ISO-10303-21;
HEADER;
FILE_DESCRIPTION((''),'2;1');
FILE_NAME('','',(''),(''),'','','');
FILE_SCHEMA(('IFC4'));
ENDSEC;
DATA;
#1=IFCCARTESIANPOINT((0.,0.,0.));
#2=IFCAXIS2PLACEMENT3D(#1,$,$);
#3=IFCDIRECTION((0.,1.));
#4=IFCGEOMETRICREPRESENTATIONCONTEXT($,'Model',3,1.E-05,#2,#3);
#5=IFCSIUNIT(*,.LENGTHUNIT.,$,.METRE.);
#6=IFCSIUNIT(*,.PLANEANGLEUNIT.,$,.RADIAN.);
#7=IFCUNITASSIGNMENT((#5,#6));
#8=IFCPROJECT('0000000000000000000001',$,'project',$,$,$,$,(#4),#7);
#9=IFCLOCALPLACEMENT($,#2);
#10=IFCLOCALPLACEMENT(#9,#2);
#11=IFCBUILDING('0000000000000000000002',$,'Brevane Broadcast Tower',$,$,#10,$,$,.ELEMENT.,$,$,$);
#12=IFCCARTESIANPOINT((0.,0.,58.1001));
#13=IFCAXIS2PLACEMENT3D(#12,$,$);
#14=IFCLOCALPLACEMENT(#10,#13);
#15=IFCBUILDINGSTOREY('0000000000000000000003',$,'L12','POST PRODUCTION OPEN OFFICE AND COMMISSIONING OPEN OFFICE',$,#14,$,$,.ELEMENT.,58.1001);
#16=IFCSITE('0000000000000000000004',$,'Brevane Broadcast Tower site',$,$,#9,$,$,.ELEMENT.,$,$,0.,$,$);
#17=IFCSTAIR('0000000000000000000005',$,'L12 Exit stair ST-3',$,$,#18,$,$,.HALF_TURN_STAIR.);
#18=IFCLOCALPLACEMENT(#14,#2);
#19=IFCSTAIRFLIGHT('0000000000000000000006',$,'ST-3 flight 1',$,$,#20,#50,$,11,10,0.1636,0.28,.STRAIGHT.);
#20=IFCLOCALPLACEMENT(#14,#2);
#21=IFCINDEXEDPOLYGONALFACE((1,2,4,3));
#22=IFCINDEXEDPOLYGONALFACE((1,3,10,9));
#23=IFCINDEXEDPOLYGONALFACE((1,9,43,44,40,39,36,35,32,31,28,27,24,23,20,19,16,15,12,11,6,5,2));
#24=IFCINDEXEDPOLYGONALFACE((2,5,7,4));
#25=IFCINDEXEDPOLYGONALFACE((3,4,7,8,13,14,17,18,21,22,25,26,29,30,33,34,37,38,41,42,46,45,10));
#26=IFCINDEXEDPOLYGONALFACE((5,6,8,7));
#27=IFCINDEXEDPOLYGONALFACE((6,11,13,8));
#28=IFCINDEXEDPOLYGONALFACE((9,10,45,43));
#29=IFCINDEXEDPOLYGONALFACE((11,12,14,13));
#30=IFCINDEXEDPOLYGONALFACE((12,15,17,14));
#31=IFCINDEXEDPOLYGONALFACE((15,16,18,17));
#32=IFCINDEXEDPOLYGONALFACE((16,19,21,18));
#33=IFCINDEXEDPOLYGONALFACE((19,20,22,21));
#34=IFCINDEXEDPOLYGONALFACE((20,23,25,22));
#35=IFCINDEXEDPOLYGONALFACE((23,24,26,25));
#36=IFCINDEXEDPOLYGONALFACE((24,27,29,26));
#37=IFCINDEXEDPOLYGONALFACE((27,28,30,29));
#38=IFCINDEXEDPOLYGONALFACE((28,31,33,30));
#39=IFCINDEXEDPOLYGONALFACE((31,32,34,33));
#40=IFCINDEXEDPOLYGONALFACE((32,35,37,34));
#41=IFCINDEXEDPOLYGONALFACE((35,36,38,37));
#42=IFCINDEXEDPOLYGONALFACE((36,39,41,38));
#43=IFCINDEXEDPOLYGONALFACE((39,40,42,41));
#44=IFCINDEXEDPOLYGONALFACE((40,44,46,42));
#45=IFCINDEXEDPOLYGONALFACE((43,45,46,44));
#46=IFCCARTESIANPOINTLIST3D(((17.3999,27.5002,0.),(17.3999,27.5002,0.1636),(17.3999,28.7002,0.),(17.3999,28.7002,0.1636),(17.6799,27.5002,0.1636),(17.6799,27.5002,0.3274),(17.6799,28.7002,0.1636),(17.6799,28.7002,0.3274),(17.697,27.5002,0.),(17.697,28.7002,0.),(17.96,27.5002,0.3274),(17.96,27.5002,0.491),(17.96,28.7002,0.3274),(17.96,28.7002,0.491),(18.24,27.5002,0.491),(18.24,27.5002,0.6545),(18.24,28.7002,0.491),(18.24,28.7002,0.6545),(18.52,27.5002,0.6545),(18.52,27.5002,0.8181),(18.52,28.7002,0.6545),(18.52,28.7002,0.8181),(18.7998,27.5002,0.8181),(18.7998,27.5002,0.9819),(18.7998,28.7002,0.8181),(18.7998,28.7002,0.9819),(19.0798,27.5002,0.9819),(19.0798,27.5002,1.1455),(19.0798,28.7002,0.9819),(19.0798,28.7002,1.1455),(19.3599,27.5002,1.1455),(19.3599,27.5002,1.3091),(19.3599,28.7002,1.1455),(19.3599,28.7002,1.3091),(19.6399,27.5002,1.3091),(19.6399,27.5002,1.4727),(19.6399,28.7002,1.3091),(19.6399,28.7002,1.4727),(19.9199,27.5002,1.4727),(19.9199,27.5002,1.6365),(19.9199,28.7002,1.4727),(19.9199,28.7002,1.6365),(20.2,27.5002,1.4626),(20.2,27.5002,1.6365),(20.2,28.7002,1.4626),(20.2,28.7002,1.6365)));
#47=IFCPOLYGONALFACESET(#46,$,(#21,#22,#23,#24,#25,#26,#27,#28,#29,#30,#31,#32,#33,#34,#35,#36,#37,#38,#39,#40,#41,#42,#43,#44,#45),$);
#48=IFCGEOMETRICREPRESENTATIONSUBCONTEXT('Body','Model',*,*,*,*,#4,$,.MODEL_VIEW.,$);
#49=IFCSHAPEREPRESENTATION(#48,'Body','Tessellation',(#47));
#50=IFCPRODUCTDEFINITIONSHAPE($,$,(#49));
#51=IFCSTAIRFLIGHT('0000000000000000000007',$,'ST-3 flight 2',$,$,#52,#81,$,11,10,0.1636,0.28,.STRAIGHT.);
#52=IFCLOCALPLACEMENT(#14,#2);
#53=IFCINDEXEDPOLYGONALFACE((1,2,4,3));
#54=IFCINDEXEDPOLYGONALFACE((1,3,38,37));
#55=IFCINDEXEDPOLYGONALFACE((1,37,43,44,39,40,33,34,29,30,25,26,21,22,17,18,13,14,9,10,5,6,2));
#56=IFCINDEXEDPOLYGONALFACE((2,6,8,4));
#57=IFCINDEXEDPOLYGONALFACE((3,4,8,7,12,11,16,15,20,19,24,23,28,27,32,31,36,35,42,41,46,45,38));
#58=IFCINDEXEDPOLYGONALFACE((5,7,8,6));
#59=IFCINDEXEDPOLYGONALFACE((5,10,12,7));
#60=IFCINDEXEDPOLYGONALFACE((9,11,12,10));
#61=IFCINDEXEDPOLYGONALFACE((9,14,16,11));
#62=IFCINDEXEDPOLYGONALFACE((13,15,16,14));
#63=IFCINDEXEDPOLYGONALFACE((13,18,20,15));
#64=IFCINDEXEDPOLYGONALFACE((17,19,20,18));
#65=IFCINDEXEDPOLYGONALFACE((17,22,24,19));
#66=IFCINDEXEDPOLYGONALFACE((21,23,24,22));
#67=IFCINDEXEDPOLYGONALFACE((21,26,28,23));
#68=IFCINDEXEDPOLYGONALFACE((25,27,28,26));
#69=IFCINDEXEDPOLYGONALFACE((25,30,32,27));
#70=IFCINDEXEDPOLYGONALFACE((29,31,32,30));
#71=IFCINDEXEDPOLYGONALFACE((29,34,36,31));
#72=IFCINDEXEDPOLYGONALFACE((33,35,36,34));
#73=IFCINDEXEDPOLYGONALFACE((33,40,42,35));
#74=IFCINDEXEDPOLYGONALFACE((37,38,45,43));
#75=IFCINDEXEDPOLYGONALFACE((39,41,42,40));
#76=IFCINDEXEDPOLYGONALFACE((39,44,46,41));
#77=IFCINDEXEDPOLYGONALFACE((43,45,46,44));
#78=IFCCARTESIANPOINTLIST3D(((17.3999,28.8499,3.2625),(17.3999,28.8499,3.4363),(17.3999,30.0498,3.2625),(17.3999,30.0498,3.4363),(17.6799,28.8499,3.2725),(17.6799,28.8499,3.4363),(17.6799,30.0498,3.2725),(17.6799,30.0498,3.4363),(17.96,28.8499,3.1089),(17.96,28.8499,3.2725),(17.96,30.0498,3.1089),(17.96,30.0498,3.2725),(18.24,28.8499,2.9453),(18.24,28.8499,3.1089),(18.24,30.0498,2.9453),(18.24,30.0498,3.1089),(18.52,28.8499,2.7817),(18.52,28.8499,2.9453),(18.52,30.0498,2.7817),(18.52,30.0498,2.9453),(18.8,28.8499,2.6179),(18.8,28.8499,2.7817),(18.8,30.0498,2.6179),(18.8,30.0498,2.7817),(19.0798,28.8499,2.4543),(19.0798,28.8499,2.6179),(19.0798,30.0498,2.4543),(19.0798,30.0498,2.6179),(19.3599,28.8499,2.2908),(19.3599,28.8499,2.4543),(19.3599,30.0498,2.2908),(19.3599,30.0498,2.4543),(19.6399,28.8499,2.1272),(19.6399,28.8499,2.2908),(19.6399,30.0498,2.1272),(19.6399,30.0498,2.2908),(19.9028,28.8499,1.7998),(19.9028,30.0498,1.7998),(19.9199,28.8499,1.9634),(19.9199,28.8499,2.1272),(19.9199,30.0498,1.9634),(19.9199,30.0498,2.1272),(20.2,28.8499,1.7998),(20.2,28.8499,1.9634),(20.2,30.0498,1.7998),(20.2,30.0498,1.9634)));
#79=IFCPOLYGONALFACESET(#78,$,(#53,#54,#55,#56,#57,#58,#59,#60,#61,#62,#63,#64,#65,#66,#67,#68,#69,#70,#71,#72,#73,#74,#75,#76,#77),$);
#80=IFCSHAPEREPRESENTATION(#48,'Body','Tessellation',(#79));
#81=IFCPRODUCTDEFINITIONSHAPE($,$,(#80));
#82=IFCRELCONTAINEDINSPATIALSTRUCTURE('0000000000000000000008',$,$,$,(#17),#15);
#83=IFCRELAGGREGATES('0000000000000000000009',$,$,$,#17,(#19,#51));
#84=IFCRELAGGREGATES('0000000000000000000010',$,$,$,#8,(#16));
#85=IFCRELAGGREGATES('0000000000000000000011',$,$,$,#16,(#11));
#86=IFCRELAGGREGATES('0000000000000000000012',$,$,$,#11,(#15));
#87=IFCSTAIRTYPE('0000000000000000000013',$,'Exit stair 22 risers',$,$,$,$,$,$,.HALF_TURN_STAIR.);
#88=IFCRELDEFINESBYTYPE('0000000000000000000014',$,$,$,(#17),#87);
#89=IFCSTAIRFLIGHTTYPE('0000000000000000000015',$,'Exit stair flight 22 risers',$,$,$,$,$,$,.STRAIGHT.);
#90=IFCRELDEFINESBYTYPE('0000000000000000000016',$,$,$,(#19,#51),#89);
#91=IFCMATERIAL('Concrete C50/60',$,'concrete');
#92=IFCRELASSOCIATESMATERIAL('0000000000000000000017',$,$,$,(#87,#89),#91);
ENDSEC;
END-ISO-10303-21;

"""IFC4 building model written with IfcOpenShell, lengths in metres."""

from ifc_helpers import new_model, si_unit, direction, frame, origin, place, context, subcontext, project, spatial, polyline, outline, extrude, material, type_object, element, aggregate, save


model = new_model("IFC4")

# Units and contexts
model_context = context("Model", 3, precision=1e-05, world=origin(), true_north=direction((0.0, 1.0)))
body_context = subcontext(model_context, "Body", "Model", "MODEL_VIEW")
ifc_project = project(units=[si_unit("LENGTHUNIT", "METRE"), si_unit("PLANEANGLEUNIT", "RADIAN")], contexts=[model_context])

# Site, building, storey
site_placement = place(None, origin())
site = spatial("IfcSite", under=ifc_project, at=site_placement, Name="Brevane Broadcast Tower site", CompositionType="ELEMENT", RefElevation=0.0)
building_placement = place(site_placement, origin())
building = spatial("IfcBuilding", under=site, at=building_placement, Name="Brevane Broadcast Tower", CompositionType="ELEMENT")
storey_placement = place(building_placement, frame((0.0, 0.0, 58.1001)))
storey = spatial("IfcBuildingStorey", under=building, at=storey_placement, Name="L12", Description="POST PRODUCTION OPEN OFFICE AND COMMISSIONING OPEN OFFICE", CompositionType="ELEMENT", Elevation=58.1001)

# Stair, stair flights
ifc_material_1 = material(Name="Concrete C50/60", Category="concrete")
stair_type = type_object("IfcStairType", Name="Exit stair 22 risers", PredefinedType="HALF_TURN_STAIR", material=ifc_material_1)
stair_placement = place(storey_placement, origin())
stair = element("IfcStair", 1, at=stair_placement, inside=storey, type_object=stair_type, Name="L12 Exit stair ST-3", PredefinedType="HALF_TURN_STAIR")
stair_flight_type = type_object("IfcStairFlightType", Name="Exit stair flight 22 risers", PredefinedType="STRAIGHT", material=ifc_material_1)
stair_flight_1_placement = place(storey_placement, frame((17.3999, 28.1001, 0.0), z_axis=(0.0, 0.0, 1.0), x_axis=(1.0, 0.0, 0.0)))
stair_flight_1 = element("IfcStairFlight", 2, at=stair_flight_1_placement, type_object=stair_flight_type, Name="ST-3 flight 1", NumberOfRisers=11, NumberOfTreads=10, PredefinedType="STRAIGHT", RiserHeight=0.1636, TreadLength=0.28, context=body_context, shape_type="SweptSolid", body=[
    extrude(outline(polyline([(0.0, 0.0), (0.0, 0.1636), (0.28, 0.1636), (0.28, 0.3274), (0.5601, 0.3274), (0.5601, 0.491), (0.8401, 0.491), (0.8401, 0.6545), (1.1201, 0.6545), (1.1201, 0.8181), (1.3999, 0.8181), (1.3999, 0.9819), (1.6799, 0.9819), (1.6799, 1.1455), (1.96, 1.1455), (1.96, 1.3091), (2.24, 1.3091), (2.24, 1.4727), (2.52, 1.4727), (2.52, 1.6365), (2.8, 1.6365), (2.8, 1.8), (2.8, 1.4626), (0.2971, 0.0), (0.0, 0.0)])), frame((0.0, 0.6001, 0.0), z_axis=(0.0, -1.0, 0.0), x_axis=(1.0, 0.0, 0.0)), (0.0, 0.0, 1.0), 1.2),
])
stair_flight_2_placement = place(storey_placement, frame((20.2, 29.45, 1.7998), z_axis=(0.0, 0.0, 1.0), x_axis=(-1.0, 0.0, 0.0)))
stair_flight_2 = element("IfcStairFlight", 3, at=stair_flight_2_placement, type_object=stair_flight_type, Name="ST-3 flight 2", NumberOfRisers=11, NumberOfTreads=10, PredefinedType="STRAIGHT", RiserHeight=0.1636, TreadLength=0.28, context=body_context, shape_type="SweptSolid", body=[
    extrude(outline(polyline([(0.0, 0.0), (0.0, 0.1636), (0.28, 0.1636), (0.28, 0.3274), (0.5601, 0.3274), (0.5601, 0.491), (0.8401, 0.491), (0.8401, 0.6545), (1.1201, 0.6545), (1.1201, 0.8181), (1.3999, 0.8181), (1.3999, 0.9819), (1.6799, 0.9819), (1.6799, 1.1455), (1.96, 1.1455), (1.96, 1.3091), (2.24, 1.3091), (2.24, 1.4727), (2.52, 1.4727), (2.52, 1.6365), (2.8, 1.6365), (2.8, 1.8), (2.8, 1.4626), (0.2971, 0.0), (0.0, 0.0)])), frame((0.0, 0.6001, 0.0), z_axis=(0.0, -1.0, 0.0), x_axis=(1.0, 0.0, 0.0)), (0.0, 0.0, 1.0), 1.2),
])
aggregate(stair, [stair_flight_1, stair_flight_2])

save(model, "model.ifc")
